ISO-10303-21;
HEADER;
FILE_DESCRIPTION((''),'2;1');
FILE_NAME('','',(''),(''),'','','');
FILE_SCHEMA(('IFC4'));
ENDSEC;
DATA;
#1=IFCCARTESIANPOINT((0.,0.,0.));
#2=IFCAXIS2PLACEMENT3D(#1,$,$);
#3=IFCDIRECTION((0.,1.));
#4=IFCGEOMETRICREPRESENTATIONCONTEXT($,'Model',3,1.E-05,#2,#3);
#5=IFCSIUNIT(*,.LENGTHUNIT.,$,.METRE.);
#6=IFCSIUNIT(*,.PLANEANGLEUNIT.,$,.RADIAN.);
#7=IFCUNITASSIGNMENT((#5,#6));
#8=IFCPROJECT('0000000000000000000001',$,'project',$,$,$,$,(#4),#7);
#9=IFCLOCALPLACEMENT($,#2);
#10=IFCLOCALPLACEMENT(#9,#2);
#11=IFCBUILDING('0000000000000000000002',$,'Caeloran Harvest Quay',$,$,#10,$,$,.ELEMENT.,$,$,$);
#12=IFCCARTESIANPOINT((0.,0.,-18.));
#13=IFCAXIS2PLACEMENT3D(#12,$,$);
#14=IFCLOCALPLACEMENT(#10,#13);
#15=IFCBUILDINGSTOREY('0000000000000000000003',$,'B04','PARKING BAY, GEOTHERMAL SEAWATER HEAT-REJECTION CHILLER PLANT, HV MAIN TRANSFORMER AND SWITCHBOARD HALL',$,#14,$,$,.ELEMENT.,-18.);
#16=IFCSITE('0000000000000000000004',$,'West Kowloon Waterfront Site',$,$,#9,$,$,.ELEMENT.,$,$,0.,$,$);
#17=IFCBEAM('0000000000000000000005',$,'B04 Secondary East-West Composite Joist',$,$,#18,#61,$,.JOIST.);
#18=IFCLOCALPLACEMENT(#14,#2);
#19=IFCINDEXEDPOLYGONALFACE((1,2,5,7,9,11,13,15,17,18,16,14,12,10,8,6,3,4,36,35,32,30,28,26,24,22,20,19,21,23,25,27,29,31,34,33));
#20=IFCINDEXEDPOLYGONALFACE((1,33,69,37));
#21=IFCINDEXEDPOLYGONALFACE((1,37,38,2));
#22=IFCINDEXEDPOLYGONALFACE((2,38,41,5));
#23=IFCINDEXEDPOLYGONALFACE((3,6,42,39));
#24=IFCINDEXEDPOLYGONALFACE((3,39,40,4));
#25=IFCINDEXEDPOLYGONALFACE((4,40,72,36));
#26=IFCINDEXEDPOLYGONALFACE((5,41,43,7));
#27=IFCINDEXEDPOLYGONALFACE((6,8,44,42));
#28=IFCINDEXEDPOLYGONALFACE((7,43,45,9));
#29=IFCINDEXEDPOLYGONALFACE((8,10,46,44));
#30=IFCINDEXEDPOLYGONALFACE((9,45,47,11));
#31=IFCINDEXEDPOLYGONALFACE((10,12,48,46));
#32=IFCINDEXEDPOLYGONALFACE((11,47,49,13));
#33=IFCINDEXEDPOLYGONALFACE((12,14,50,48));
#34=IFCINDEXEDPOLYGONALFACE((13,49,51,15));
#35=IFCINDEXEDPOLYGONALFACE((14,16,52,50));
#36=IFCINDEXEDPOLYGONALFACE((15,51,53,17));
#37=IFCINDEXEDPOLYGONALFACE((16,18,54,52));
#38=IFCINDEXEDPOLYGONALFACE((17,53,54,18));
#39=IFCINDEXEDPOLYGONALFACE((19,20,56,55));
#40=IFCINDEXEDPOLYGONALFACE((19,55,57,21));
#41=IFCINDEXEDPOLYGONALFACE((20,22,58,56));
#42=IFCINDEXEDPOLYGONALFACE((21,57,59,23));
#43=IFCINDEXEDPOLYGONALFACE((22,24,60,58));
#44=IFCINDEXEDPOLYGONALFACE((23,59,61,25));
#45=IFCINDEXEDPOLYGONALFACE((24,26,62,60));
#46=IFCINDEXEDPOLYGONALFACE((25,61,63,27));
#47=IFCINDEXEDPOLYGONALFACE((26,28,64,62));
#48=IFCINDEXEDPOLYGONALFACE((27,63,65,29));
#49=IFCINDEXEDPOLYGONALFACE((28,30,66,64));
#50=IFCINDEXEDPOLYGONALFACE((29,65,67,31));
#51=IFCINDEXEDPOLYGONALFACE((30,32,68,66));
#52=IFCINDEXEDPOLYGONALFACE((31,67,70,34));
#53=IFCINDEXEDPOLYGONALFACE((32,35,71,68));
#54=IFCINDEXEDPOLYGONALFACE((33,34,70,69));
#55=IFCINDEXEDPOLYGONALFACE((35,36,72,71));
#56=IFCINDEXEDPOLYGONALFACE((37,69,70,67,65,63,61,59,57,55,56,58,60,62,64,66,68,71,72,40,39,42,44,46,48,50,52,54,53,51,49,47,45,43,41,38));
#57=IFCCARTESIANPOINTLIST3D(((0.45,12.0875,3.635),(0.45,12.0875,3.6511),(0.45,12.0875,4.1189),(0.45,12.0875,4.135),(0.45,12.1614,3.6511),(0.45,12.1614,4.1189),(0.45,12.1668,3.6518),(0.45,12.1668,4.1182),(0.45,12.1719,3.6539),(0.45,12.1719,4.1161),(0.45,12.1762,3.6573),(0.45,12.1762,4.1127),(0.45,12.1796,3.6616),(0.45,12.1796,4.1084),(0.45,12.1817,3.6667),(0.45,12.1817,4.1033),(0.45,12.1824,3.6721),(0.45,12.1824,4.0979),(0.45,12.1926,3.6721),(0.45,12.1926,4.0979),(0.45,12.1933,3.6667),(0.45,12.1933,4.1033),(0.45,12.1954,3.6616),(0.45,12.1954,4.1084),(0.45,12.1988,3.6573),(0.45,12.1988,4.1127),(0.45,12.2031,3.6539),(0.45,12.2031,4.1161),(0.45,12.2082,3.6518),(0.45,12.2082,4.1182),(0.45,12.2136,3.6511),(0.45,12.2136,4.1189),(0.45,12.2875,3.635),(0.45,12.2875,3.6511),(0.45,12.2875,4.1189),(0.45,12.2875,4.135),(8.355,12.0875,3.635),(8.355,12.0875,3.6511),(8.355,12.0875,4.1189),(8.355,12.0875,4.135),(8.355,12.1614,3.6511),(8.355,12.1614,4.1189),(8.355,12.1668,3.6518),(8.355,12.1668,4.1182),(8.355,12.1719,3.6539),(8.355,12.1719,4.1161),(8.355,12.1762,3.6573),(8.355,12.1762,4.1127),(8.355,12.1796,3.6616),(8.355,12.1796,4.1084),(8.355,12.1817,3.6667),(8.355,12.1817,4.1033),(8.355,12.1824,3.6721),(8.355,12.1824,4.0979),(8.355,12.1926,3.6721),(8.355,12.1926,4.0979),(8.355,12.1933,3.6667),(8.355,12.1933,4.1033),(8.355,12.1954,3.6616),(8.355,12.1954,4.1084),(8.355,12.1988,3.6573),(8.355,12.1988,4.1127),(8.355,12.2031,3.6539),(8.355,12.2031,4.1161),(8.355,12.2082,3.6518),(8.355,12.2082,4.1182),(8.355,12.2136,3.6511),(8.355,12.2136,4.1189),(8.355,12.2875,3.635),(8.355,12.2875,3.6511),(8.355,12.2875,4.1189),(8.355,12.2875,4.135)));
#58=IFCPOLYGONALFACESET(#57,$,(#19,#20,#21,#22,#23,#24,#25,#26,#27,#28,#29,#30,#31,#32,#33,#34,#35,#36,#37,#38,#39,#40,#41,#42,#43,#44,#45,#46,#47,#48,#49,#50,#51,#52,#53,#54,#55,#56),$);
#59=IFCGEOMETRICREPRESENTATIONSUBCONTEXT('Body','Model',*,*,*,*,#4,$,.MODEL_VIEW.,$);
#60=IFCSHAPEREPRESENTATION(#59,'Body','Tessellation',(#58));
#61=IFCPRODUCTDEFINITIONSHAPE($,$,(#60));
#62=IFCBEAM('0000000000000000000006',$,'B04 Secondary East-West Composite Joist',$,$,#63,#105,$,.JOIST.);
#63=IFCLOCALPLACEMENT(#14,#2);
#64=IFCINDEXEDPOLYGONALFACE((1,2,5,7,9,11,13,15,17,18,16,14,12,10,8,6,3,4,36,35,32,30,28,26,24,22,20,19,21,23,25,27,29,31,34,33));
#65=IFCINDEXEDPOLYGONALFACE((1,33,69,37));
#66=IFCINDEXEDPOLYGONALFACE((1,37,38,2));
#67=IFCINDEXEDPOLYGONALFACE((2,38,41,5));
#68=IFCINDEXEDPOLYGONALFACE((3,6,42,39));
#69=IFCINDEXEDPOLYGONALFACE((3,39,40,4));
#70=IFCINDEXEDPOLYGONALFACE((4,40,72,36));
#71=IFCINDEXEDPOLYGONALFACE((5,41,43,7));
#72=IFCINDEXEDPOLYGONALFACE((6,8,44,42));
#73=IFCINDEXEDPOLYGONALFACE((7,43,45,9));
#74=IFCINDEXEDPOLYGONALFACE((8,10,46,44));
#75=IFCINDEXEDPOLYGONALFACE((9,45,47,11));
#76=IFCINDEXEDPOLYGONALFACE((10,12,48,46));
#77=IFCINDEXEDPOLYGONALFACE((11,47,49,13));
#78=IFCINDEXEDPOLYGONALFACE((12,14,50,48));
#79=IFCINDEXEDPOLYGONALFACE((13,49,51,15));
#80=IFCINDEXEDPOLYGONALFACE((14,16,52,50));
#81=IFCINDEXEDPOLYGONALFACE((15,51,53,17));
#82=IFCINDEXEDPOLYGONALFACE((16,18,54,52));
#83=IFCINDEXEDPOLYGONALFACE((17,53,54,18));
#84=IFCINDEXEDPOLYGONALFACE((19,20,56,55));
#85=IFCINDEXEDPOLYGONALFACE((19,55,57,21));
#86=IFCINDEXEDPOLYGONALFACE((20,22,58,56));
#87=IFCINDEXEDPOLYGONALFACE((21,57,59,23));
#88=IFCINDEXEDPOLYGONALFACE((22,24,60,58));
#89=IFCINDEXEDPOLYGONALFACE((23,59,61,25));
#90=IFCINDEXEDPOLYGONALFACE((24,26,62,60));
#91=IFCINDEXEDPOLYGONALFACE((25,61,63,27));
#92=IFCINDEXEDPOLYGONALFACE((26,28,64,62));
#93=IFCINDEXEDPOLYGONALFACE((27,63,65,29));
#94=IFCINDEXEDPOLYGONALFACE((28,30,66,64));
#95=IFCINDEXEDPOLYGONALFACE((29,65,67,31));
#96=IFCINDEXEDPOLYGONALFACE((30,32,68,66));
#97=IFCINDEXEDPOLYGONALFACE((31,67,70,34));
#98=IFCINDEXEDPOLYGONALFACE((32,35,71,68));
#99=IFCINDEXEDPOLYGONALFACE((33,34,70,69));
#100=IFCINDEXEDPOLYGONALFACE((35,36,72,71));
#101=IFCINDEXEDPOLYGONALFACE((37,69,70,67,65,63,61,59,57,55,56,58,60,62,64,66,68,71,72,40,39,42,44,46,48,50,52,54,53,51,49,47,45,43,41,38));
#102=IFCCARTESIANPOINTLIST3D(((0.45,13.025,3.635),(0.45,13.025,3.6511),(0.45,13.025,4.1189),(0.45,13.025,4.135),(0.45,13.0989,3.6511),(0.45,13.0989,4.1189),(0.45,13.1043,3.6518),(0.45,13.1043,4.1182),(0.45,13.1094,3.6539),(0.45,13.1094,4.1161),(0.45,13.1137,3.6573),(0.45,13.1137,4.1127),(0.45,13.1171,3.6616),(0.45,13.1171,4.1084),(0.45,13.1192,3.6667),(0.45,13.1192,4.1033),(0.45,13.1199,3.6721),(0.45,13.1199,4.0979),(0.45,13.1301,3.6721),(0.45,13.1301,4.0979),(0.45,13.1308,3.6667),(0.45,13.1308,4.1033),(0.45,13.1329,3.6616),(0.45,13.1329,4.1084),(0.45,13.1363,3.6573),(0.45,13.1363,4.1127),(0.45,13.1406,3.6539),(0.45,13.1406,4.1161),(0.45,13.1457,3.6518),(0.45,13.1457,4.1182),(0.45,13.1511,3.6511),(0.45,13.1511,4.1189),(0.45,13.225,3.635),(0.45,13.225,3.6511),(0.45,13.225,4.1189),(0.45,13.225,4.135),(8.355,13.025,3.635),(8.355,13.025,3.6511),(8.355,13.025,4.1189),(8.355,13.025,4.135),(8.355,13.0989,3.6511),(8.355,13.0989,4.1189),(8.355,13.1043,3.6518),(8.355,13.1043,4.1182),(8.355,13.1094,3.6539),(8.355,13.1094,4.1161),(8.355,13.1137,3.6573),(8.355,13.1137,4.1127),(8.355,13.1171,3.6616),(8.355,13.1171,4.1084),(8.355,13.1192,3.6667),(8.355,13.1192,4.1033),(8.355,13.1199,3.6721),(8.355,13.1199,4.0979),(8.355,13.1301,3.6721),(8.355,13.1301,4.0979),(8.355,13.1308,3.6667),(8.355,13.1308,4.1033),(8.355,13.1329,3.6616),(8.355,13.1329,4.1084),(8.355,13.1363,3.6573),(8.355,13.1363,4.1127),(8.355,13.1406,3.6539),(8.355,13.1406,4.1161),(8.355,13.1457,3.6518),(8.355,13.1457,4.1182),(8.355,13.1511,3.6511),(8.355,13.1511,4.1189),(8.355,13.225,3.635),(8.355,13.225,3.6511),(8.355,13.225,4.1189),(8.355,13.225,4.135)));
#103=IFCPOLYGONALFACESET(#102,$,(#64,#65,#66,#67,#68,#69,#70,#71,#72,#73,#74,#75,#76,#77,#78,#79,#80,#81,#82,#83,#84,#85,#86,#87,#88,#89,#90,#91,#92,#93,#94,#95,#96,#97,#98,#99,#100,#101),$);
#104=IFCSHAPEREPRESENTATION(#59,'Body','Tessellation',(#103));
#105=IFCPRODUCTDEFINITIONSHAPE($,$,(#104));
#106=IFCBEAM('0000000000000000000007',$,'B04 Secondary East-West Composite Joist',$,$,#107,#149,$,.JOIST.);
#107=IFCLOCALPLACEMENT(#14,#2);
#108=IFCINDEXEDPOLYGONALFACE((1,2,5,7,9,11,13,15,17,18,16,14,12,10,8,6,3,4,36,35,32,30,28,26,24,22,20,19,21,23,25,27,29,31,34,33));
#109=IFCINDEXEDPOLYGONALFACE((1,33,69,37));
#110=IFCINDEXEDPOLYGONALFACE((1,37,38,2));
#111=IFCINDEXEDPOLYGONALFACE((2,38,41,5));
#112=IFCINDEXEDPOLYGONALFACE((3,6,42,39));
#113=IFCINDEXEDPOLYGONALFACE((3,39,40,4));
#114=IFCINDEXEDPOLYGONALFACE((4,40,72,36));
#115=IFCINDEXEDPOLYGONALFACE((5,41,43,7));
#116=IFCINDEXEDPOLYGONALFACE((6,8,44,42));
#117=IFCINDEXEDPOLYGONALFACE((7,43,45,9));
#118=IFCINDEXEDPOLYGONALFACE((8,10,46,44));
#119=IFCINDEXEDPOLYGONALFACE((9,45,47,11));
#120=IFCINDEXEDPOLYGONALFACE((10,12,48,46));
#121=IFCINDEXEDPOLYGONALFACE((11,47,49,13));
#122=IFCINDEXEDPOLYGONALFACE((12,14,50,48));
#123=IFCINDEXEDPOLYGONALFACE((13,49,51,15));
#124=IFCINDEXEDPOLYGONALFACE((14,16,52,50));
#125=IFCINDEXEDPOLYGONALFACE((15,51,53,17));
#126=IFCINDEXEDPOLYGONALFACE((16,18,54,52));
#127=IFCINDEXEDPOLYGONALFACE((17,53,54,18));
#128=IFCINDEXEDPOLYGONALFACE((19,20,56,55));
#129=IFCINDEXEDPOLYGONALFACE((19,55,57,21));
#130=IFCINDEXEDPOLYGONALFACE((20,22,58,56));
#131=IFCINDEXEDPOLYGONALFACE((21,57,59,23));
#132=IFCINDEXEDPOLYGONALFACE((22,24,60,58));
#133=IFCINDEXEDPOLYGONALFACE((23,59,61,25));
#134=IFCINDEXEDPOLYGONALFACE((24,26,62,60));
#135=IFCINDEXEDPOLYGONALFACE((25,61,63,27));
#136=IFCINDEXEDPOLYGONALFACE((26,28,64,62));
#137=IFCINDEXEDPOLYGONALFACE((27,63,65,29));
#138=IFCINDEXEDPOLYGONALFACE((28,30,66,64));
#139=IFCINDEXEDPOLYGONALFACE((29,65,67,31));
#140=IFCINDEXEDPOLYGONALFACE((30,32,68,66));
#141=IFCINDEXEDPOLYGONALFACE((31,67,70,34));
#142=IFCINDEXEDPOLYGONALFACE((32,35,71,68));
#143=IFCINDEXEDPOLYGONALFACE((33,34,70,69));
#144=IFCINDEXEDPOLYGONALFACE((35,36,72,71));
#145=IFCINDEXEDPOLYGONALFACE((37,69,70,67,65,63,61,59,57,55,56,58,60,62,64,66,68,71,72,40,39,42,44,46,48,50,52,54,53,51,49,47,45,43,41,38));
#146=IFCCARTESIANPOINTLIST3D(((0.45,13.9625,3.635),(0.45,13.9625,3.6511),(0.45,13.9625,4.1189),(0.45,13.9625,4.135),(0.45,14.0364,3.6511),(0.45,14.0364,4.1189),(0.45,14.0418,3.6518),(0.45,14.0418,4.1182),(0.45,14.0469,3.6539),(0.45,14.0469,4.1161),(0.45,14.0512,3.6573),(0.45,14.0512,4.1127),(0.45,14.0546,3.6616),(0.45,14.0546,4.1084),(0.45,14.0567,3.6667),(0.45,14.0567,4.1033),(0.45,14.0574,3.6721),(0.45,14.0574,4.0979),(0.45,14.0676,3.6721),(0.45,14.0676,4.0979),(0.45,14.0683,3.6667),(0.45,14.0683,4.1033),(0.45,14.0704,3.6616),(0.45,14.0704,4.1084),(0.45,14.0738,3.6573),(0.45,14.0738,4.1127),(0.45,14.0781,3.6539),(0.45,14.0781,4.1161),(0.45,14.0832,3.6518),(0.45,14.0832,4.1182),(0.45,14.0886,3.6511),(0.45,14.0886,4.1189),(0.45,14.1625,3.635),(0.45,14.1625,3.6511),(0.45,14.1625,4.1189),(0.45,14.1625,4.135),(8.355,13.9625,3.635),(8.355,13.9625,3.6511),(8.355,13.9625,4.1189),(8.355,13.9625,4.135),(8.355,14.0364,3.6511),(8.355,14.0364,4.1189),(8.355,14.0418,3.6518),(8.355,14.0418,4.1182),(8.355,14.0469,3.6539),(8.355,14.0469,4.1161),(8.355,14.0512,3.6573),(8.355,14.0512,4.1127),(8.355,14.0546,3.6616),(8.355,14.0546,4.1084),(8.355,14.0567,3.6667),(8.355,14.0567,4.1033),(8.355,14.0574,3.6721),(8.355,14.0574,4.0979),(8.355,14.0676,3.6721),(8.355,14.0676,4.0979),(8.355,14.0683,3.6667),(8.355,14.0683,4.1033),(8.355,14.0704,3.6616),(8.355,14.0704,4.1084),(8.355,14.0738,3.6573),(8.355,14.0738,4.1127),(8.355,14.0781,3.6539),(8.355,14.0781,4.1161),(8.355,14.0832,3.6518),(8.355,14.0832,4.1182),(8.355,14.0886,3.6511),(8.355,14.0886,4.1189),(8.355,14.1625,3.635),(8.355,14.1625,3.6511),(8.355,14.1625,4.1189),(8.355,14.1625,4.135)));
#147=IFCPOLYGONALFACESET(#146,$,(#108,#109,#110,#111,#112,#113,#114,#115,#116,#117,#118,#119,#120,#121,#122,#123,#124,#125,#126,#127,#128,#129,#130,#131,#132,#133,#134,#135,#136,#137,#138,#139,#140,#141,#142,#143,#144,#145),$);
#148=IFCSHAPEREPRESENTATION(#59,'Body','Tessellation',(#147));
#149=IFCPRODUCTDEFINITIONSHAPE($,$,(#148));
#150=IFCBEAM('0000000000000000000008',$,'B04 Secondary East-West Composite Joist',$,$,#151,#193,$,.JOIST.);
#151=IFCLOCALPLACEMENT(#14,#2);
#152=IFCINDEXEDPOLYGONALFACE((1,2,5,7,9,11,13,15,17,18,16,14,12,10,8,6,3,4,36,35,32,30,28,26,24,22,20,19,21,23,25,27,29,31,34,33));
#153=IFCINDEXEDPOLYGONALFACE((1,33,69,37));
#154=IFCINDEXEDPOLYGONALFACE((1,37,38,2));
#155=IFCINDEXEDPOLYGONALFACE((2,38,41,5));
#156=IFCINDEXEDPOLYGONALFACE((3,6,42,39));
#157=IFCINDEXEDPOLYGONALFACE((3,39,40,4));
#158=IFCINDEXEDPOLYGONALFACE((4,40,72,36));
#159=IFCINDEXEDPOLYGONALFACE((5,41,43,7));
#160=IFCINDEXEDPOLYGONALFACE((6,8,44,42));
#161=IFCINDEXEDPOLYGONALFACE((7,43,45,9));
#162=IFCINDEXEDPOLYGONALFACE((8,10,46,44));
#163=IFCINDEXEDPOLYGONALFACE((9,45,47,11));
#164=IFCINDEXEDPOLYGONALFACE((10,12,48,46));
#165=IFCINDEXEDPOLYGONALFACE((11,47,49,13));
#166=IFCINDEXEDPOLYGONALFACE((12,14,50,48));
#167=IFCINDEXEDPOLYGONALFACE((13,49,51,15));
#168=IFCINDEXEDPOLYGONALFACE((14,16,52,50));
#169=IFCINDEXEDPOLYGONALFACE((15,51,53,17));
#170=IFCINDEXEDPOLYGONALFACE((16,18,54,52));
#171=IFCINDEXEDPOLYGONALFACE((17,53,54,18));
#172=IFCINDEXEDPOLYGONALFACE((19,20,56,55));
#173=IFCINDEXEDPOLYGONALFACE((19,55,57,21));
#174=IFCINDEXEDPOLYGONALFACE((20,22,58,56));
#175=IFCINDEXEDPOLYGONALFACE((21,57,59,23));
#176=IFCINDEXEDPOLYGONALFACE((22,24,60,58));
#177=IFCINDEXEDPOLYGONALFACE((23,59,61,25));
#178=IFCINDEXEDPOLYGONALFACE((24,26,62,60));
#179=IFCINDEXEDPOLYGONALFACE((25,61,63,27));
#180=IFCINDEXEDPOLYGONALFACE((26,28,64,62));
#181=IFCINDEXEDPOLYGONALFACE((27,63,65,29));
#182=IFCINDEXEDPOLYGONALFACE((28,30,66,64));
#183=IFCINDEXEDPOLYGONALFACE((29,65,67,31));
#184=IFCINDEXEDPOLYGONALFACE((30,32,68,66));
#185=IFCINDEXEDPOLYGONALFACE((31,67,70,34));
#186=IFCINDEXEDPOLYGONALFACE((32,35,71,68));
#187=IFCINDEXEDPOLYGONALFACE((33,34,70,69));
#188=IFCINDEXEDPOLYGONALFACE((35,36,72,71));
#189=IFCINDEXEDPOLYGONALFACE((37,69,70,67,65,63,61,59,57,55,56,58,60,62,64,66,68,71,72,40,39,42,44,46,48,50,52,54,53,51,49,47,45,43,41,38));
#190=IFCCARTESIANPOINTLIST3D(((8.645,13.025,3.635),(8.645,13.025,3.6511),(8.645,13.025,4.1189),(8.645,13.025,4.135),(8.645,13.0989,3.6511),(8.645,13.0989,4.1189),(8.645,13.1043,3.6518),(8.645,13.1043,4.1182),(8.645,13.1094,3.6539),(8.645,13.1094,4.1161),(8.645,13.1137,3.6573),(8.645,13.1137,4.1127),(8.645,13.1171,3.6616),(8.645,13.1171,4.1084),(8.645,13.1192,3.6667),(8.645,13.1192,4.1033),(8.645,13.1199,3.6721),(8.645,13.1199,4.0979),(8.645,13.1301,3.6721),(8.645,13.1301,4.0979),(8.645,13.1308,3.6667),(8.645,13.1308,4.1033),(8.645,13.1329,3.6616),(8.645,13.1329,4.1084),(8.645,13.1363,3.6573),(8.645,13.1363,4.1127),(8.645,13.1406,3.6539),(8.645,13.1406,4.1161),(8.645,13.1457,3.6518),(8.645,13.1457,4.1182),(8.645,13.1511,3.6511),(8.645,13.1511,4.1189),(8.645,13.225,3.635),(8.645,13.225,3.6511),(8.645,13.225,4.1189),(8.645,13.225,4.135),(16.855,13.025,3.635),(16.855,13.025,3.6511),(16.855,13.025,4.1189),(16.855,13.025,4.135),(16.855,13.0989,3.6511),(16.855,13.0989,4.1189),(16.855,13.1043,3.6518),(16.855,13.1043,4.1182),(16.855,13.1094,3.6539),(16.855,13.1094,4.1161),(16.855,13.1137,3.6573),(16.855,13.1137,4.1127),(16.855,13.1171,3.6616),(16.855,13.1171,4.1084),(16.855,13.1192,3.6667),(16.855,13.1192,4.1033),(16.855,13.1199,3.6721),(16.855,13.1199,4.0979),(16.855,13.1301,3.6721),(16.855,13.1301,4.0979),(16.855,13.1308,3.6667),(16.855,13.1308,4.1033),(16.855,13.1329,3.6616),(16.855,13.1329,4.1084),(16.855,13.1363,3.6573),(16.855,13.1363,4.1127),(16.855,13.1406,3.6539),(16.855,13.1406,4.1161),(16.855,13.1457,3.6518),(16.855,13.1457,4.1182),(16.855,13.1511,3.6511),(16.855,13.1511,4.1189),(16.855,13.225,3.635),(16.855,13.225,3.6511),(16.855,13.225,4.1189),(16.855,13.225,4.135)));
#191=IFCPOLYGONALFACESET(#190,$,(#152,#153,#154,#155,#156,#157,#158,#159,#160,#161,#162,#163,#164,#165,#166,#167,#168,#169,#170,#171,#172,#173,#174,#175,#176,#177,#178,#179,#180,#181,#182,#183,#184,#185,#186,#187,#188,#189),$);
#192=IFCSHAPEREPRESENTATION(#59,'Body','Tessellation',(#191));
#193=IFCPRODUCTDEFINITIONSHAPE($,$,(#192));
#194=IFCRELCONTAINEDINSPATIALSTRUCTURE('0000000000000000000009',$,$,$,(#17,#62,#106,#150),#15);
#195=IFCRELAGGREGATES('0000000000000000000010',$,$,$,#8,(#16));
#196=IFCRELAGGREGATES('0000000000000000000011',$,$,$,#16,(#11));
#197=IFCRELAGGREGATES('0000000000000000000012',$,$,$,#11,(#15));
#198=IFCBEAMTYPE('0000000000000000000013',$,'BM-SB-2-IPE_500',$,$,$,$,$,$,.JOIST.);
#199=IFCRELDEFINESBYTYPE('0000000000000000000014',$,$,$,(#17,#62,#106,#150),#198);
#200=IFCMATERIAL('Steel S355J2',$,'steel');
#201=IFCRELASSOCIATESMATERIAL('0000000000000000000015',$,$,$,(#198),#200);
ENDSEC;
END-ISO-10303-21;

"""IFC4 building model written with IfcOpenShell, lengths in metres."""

from ifc_helpers import new_model, si_unit, direction, frame, origin, origin_2d, place, context, subcontext, project, spatial, i_section, extrude, material, material_profile, profile_set, type_object, element, save


model = new_model("IFC4")

# Units and contexts
model_context = context("Model", 3, precision=1e-05, world=origin(), true_north=direction((0.0, 1.0)))
body_context = subcontext(model_context, "Body", "Model", "MODEL_VIEW")
ifc_project = project(units=[si_unit("LENGTHUNIT", "METRE"), si_unit("PLANEANGLEUNIT", "RADIAN")], contexts=[model_context])

# Site, building, storey
site_placement = place(None, origin())
site = spatial("IfcSite", under=ifc_project, at=site_placement, Name="West Kowloon Waterfront Site", CompositionType="ELEMENT", RefElevation=0.0)
building_placement = place(site_placement, origin())
building = spatial("IfcBuilding", under=site, at=building_placement, Name="Caeloran Harvest Quay", CompositionType="ELEMENT")
storey_placement = place(building_placement, frame((0.0, 0.0, -18.0)))
storey = spatial("IfcBuildingStorey", under=building, at=storey_placement, Name="B04", Description="PARKING BAY, GEOTHERMAL SEAWATER HEAT-REJECTION CHILLER PLANT, HV MAIN TRANSFORMER AND SWITCHBOARD HALL", CompositionType="ELEMENT", Elevation=-18.0)

# Beams
ifc_material_1 = material(Name="Steel S355J2", Category="steel")
ifc_material_profile_1 = material_profile(ifc_material_1, i_section(OverallWidth=0.2, OverallDepth=0.5, WebThickness=0.0103, FlangeThickness=0.0161, FilletRadius=0.021, at=origin_2d()), Name="IPE 500")
ifc_profile_set_1 = profile_set([ifc_material_profile_1], Name="Steel S355J2")
beam_type_1 = type_object("IfcBeamType", Name="BM-SB-2-IPE_500", PredefinedType="JOIST", material=ifc_profile_set_1)
for number, where, z_axis, x_axis, name in (
    (1, (0.45, 12.1875, 3.885), (1.0, 0.0, 0.0), (0.0, 1.0, 0.0), "B04 Secondary East-West Composite Joist"),
    (2, (0.45, 13.125, 3.885), (1.0, 0.0, 0.0), (0.0, 1.0, 0.0), "B04 Secondary East-West Composite Joist"),
    (3, (0.45, 14.0625, 3.885), (1.0, 0.0, 0.0), (0.0, 1.0, 0.0), "B04 Secondary East-West Composite Joist"),
):
    element("IfcBeam", number, at=place(storey_placement, frame(where, z_axis=z_axis, x_axis=x_axis)), inside=storey, type_object=beam_type_1, Name=name, PredefinedType="JOIST", context=body_context, shape_type="SweptSolid", body=[
        extrude(i_section(OverallWidth=0.2, OverallDepth=0.5, WebThickness=0.0103, FlangeThickness=0.0161, FilletRadius=0.021, at=origin_2d()), origin(), (0.0, 0.0, 1.0), 7.905),
    ])
for number, where, z_axis, x_axis, name in (
    (4, (8.645, 13.125, 3.885), (1.0, 0.0, 0.0), (0.0, 1.0, 0.0), "B04 Secondary East-West Composite Joist"),
):
    element("IfcBeam", number, at=place(storey_placement, frame(where, z_axis=z_axis, x_axis=x_axis)), inside=storey, type_object=beam_type_1, Name=name, PredefinedType="JOIST", context=body_context, shape_type="SweptSolid", body=[
        extrude(i_section(OverallWidth=0.2, OverallDepth=0.5, WebThickness=0.0103, FlangeThickness=0.0161, FilletRadius=0.021, at=origin_2d()), origin(), (0.0, 0.0, 1.0), 8.21),
    ])

save(model, "model.ifc")
